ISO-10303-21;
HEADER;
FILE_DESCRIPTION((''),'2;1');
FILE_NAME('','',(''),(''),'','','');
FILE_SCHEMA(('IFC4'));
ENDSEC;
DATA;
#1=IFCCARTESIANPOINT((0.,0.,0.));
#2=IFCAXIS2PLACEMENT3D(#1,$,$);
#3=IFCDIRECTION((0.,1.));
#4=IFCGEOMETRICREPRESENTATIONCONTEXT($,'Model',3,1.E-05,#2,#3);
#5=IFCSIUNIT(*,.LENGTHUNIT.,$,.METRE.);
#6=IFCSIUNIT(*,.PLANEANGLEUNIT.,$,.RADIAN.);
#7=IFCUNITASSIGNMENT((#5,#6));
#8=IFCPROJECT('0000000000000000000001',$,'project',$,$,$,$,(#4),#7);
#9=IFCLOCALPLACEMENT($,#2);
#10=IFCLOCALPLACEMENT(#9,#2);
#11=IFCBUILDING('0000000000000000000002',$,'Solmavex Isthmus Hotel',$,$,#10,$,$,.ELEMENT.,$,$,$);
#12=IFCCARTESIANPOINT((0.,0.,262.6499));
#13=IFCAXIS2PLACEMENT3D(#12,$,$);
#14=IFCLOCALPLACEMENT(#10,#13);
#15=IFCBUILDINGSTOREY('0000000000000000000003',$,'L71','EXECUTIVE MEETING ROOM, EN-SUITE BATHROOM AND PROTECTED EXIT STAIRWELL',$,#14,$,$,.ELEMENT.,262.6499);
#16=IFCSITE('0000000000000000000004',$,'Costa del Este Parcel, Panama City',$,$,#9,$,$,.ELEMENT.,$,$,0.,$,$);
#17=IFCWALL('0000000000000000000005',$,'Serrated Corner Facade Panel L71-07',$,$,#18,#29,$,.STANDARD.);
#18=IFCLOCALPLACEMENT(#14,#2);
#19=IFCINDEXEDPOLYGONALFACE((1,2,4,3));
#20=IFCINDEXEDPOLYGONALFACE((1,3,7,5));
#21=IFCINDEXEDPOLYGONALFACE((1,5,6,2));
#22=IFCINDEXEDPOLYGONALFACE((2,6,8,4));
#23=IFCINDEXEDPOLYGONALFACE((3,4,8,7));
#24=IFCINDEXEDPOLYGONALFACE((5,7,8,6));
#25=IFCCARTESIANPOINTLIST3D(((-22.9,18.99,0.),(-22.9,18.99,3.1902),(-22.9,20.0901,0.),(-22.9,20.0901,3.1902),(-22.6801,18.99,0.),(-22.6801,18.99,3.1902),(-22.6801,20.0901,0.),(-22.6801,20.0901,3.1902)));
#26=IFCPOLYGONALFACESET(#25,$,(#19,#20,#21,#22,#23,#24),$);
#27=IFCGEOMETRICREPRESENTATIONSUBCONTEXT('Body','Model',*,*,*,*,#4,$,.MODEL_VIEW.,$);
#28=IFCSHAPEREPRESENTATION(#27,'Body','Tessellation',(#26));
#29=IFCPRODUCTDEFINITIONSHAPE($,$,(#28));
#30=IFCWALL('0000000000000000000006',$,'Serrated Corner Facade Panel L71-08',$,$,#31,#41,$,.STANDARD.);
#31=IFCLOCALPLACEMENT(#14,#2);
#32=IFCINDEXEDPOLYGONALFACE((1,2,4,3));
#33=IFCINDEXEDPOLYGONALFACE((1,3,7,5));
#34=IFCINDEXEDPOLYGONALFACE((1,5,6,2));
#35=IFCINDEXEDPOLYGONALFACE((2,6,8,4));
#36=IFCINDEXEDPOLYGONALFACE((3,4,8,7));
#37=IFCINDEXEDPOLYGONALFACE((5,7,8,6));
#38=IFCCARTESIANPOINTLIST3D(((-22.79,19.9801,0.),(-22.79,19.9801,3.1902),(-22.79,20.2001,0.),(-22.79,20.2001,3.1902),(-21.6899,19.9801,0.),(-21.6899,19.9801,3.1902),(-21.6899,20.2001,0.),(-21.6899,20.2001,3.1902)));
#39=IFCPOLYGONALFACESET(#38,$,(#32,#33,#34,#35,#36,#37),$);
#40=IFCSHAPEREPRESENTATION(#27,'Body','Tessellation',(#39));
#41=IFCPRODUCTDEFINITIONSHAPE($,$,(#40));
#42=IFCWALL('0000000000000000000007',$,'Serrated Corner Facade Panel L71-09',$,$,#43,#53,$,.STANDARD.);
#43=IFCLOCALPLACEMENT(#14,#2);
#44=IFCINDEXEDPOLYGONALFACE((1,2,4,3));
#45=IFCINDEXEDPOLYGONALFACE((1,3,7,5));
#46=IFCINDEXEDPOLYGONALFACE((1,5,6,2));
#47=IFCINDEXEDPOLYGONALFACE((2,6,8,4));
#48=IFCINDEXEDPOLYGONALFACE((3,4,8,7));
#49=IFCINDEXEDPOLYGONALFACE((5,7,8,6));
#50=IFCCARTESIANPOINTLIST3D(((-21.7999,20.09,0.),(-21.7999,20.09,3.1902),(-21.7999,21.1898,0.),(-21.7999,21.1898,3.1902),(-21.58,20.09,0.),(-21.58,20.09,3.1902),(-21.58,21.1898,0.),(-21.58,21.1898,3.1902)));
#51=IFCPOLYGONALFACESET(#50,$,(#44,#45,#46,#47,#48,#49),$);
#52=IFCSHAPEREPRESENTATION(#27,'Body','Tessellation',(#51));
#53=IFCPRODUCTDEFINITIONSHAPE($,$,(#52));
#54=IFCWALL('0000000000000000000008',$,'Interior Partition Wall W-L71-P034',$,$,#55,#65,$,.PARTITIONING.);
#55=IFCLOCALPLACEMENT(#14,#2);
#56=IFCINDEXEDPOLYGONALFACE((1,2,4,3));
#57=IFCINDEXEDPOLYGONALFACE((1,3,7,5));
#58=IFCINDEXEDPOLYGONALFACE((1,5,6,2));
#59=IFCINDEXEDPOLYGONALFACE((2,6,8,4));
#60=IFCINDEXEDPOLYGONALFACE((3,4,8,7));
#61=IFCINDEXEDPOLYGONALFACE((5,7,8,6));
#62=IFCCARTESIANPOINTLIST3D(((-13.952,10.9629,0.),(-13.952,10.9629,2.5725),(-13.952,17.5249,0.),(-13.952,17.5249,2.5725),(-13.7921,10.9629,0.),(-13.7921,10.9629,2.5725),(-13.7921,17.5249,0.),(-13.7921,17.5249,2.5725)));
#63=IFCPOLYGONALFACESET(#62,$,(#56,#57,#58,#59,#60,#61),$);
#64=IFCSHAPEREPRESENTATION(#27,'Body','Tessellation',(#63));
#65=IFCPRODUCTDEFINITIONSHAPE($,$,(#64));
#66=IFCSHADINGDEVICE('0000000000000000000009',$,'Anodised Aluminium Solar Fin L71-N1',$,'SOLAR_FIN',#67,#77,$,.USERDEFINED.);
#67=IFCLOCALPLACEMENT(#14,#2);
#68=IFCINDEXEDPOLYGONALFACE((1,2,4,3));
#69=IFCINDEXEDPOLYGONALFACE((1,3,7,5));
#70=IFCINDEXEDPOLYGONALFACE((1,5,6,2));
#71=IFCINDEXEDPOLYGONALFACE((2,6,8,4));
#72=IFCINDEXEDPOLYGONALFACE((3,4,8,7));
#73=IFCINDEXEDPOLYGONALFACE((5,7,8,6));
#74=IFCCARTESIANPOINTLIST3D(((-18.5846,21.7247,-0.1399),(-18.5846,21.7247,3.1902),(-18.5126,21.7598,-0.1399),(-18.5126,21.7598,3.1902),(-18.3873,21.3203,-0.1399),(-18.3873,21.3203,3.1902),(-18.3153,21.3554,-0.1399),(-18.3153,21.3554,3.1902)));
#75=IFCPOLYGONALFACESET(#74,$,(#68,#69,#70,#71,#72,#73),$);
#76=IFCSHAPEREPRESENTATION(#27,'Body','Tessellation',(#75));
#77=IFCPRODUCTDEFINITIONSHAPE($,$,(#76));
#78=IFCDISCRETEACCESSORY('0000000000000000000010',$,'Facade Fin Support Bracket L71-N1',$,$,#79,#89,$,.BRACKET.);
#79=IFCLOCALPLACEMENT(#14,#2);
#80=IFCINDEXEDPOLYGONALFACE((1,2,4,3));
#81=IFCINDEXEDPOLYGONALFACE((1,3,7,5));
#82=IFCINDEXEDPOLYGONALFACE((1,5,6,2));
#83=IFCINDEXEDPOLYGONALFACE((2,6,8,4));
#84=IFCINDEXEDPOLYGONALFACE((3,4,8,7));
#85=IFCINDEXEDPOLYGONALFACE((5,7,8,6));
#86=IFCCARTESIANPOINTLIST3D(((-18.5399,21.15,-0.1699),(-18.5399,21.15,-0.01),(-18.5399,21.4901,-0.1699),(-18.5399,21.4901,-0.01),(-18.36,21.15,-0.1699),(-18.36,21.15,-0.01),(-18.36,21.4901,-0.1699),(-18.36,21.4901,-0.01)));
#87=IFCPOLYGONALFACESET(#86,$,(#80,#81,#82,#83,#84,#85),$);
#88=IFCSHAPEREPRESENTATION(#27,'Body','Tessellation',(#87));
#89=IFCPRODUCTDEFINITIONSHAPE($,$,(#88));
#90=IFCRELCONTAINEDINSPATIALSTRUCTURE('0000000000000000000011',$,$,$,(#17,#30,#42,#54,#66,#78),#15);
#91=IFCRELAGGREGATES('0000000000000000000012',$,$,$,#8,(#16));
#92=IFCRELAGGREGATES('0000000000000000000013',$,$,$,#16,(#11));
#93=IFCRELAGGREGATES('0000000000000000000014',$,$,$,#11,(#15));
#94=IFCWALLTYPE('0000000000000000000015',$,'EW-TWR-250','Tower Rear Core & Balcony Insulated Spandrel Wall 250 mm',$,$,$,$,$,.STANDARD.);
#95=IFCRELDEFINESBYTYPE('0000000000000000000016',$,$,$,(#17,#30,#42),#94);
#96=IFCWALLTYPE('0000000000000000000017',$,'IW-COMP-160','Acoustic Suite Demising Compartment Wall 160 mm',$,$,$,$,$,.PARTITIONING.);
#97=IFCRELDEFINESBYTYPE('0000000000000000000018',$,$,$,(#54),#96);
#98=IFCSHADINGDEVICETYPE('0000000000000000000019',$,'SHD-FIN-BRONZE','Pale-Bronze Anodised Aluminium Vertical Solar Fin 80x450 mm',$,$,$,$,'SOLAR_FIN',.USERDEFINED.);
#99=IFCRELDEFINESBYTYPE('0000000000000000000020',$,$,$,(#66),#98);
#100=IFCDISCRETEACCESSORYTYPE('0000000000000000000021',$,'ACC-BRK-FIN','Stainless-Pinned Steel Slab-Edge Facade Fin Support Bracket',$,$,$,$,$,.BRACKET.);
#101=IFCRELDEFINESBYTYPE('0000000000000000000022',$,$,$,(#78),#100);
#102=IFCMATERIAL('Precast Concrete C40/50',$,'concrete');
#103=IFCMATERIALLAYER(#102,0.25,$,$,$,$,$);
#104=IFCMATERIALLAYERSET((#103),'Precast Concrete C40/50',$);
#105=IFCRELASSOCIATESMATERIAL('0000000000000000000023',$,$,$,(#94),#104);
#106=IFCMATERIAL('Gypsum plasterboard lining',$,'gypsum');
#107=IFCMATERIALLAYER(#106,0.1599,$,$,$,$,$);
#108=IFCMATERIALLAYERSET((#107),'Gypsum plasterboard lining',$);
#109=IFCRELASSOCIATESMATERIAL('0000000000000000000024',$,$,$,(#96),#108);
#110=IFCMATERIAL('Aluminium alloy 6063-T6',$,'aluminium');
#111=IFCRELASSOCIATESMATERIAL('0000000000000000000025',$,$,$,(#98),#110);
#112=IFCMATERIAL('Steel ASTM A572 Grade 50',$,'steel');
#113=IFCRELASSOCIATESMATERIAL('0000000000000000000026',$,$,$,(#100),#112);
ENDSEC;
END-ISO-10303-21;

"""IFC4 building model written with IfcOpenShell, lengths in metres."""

from ifc_helpers import new_model, si_unit, direction, frame, frame_2d, origin, origin_2d, place, context, subcontext, project, spatial, rectangle, extrude, material, layer, layer_set, type_object, element, save


model = new_model("IFC4")

# Units and contexts
model_context = context("Model", 3, precision=1e-05, world=origin(), true_north=direction((0.0, 1.0)))
body_context = subcontext(model_context, "Body", "Model", "MODEL_VIEW")
ifc_project = project(units=[si_unit("LENGTHUNIT", "METRE"), si_unit("PLANEANGLEUNIT", "RADIAN")], contexts=[model_context])

# Site, building, storey
site_placement = place(None, origin())
site = spatial("IfcSite", under=ifc_project, at=site_placement, Name="Costa del Este Parcel, Panama City", CompositionType="ELEMENT", RefElevation=0.0)
building_placement = place(site_placement, origin())
building = spatial("IfcBuilding", under=site, at=building_placement, Name="Solmavex Isthmus Hotel", CompositionType="ELEMENT")
storey_placement = place(building_placement, frame((0.0, 0.0, 262.6499)))
storey = spatial("IfcBuildingStorey", under=building, at=storey_placement, Name="L71", Description="EXECUTIVE MEETING ROOM, EN-SUITE BATHROOM AND PROTECTED EXIT STAIRWELL", CompositionType="ELEMENT", Elevation=262.6499)

# Shared definitions
ifc_material_1 = material(Name="Aluminium alloy 6063-T6", Category="aluminium")

# Walls
ifc_material_2 = material(Name="Precast Concrete C40/50", Category="concrete")
ifc_layer_1 = layer(ifc_material_2, 0.25)
ifc_layer_set_1 = layer_set([ifc_layer_1], Name="Precast Concrete C40/50")
wall_type_1 = type_object("IfcWallType", Name="EW-TWR-250", Description="Tower Rear Core & Balcony Insulated Spandrel Wall 250 mm", PredefinedType="STANDARD", material=ifc_layer_set_1)
for number, where, z_axis, x_axis, name in (
    (1, (-22.79, 18.99, 0.0), (0.0, 0.0, 1.0), (0.0, 1.0, 0.0), "Serrated Corner Facade Panel L71-07"),
    (2, (-22.79, 20.0901, 0.0), (0.0, 0.0, 1.0), (1.0, 0.0, 0.0), "Serrated Corner Facade Panel L71-08"),
):
    element("IfcWall", number, at=place(storey_placement, frame(where, z_axis=z_axis, x_axis=x_axis)), inside=storey, type_object=wall_type_1, Name=name, PredefinedType="STANDARD", context=body_context, shape_type="SweptSolid", body=[
        extrude(rectangle(XDim=1.1001, YDim=0.22, at=frame_2d((0.55, 0.0))), origin(), (0.0, 0.0, 1.0), 3.1902),
    ])
wall_1_placement = place(storey_placement, frame((-21.6899, 20.0901, 0.0), z_axis=(0.0, 0.0, 1.0), x_axis=(0.0, 1.0, 0.0)))
element("IfcWall", 3, at=wall_1_placement, inside=storey, type_object=wall_type_1, Name="Serrated Corner Facade Panel L71-09", PredefinedType="STANDARD", context=body_context, shape_type="SweptSolid", body=[
    extrude(rectangle(XDim=1.0999, YDim=0.22, at=frame_2d((0.5498, 0.0))), origin(), (0.0, 0.0, 1.0), 3.1902),
])
ifc_material_3 = material(Name="Gypsum plasterboard lining", Category="gypsum")
ifc_layer_2 = layer(ifc_material_3, 0.1599)
ifc_layer_set_2 = layer_set([ifc_layer_2], Name="Gypsum plasterboard lining")
wall_type_2 = type_object("IfcWallType", Name="IW-COMP-160", Description="Acoustic Suite Demising Compartment Wall 160 mm", PredefinedType="PARTITIONING", material=ifc_layer_set_2)
wall_2_placement = place(storey_placement, frame((-13.8721, 17.5249, 0.0), z_axis=(0.0, 0.0, 1.0), x_axis=(0.0, -1.0, 0.0)))
element("IfcWall", 4, at=wall_2_placement, inside=storey, type_object=wall_type_2, Name="Interior Partition Wall W-L71-P034", PredefinedType="PARTITIONING", context=body_context, shape_type="SweptSolid", body=[
    extrude(rectangle(XDim=6.562, YDim=0.1599, at=frame_2d((3.281, 0.0))), origin(), (0.0, 0.0, 1.0), 2.5725),
])

# Shading device
shading_device_type = type_object("IfcShadingDeviceType", Name="SHD-FIN-BRONZE", Description="Pale-Bronze Anodised Aluminium Vertical Solar Fin 80x450 mm", ElementType="SOLAR_FIN", PredefinedType="USERDEFINED", material=ifc_material_1)
shading_device_placement = place(storey_placement, frame((-18.45, 21.54, -0.1399), z_axis=(0.0, 0.0, 1.0), x_axis=(-0.438371, 0.898794, 0.0)))
element("IfcShadingDevice", 5, at=shading_device_placement, inside=storey, type_object=shading_device_type, Name="Anodised Aluminium Solar Fin L71-N1", ObjectType="SOLAR_FIN", PredefinedType="USERDEFINED", context=body_context, shape_type="SweptSolid", body=[
    extrude(rectangle(XDim=0.45, YDim=0.0801, at=origin_2d()), origin(), (0.0, 0.0, 1.0), 3.3301),
])

# Discrete accessory
ifc_material_4 = material(Name="Steel ASTM A572 Grade 50", Category="steel")
discrete_accessory_type = type_object("IfcDiscreteAccessoryType", Name="ACC-BRK-FIN", Description="Stainless-Pinned Steel Slab-Edge Facade Fin Support Bracket", PredefinedType="BRACKET", material=ifc_material_4)
discrete_accessory_placement = place(storey_placement, frame((-18.45, 21.3201, -0.1699), z_axis=(0.0, 0.0, 1.0), x_axis=(0.0, 1.0, 0.0)))
element("IfcDiscreteAccessory", 6, at=discrete_accessory_placement, inside=storey, type_object=discrete_accessory_type, Name="Facade Fin Support Bracket L71-N1", PredefinedType="BRACKET", context=body_context, shape_type="SweptSolid", body=[
    extrude(rectangle(XDim=0.3401, YDim=0.1799, at=origin_2d()), origin(), (0.0, 0.0, 1.0), 0.1599),
])

save(model, "model.ifc")
